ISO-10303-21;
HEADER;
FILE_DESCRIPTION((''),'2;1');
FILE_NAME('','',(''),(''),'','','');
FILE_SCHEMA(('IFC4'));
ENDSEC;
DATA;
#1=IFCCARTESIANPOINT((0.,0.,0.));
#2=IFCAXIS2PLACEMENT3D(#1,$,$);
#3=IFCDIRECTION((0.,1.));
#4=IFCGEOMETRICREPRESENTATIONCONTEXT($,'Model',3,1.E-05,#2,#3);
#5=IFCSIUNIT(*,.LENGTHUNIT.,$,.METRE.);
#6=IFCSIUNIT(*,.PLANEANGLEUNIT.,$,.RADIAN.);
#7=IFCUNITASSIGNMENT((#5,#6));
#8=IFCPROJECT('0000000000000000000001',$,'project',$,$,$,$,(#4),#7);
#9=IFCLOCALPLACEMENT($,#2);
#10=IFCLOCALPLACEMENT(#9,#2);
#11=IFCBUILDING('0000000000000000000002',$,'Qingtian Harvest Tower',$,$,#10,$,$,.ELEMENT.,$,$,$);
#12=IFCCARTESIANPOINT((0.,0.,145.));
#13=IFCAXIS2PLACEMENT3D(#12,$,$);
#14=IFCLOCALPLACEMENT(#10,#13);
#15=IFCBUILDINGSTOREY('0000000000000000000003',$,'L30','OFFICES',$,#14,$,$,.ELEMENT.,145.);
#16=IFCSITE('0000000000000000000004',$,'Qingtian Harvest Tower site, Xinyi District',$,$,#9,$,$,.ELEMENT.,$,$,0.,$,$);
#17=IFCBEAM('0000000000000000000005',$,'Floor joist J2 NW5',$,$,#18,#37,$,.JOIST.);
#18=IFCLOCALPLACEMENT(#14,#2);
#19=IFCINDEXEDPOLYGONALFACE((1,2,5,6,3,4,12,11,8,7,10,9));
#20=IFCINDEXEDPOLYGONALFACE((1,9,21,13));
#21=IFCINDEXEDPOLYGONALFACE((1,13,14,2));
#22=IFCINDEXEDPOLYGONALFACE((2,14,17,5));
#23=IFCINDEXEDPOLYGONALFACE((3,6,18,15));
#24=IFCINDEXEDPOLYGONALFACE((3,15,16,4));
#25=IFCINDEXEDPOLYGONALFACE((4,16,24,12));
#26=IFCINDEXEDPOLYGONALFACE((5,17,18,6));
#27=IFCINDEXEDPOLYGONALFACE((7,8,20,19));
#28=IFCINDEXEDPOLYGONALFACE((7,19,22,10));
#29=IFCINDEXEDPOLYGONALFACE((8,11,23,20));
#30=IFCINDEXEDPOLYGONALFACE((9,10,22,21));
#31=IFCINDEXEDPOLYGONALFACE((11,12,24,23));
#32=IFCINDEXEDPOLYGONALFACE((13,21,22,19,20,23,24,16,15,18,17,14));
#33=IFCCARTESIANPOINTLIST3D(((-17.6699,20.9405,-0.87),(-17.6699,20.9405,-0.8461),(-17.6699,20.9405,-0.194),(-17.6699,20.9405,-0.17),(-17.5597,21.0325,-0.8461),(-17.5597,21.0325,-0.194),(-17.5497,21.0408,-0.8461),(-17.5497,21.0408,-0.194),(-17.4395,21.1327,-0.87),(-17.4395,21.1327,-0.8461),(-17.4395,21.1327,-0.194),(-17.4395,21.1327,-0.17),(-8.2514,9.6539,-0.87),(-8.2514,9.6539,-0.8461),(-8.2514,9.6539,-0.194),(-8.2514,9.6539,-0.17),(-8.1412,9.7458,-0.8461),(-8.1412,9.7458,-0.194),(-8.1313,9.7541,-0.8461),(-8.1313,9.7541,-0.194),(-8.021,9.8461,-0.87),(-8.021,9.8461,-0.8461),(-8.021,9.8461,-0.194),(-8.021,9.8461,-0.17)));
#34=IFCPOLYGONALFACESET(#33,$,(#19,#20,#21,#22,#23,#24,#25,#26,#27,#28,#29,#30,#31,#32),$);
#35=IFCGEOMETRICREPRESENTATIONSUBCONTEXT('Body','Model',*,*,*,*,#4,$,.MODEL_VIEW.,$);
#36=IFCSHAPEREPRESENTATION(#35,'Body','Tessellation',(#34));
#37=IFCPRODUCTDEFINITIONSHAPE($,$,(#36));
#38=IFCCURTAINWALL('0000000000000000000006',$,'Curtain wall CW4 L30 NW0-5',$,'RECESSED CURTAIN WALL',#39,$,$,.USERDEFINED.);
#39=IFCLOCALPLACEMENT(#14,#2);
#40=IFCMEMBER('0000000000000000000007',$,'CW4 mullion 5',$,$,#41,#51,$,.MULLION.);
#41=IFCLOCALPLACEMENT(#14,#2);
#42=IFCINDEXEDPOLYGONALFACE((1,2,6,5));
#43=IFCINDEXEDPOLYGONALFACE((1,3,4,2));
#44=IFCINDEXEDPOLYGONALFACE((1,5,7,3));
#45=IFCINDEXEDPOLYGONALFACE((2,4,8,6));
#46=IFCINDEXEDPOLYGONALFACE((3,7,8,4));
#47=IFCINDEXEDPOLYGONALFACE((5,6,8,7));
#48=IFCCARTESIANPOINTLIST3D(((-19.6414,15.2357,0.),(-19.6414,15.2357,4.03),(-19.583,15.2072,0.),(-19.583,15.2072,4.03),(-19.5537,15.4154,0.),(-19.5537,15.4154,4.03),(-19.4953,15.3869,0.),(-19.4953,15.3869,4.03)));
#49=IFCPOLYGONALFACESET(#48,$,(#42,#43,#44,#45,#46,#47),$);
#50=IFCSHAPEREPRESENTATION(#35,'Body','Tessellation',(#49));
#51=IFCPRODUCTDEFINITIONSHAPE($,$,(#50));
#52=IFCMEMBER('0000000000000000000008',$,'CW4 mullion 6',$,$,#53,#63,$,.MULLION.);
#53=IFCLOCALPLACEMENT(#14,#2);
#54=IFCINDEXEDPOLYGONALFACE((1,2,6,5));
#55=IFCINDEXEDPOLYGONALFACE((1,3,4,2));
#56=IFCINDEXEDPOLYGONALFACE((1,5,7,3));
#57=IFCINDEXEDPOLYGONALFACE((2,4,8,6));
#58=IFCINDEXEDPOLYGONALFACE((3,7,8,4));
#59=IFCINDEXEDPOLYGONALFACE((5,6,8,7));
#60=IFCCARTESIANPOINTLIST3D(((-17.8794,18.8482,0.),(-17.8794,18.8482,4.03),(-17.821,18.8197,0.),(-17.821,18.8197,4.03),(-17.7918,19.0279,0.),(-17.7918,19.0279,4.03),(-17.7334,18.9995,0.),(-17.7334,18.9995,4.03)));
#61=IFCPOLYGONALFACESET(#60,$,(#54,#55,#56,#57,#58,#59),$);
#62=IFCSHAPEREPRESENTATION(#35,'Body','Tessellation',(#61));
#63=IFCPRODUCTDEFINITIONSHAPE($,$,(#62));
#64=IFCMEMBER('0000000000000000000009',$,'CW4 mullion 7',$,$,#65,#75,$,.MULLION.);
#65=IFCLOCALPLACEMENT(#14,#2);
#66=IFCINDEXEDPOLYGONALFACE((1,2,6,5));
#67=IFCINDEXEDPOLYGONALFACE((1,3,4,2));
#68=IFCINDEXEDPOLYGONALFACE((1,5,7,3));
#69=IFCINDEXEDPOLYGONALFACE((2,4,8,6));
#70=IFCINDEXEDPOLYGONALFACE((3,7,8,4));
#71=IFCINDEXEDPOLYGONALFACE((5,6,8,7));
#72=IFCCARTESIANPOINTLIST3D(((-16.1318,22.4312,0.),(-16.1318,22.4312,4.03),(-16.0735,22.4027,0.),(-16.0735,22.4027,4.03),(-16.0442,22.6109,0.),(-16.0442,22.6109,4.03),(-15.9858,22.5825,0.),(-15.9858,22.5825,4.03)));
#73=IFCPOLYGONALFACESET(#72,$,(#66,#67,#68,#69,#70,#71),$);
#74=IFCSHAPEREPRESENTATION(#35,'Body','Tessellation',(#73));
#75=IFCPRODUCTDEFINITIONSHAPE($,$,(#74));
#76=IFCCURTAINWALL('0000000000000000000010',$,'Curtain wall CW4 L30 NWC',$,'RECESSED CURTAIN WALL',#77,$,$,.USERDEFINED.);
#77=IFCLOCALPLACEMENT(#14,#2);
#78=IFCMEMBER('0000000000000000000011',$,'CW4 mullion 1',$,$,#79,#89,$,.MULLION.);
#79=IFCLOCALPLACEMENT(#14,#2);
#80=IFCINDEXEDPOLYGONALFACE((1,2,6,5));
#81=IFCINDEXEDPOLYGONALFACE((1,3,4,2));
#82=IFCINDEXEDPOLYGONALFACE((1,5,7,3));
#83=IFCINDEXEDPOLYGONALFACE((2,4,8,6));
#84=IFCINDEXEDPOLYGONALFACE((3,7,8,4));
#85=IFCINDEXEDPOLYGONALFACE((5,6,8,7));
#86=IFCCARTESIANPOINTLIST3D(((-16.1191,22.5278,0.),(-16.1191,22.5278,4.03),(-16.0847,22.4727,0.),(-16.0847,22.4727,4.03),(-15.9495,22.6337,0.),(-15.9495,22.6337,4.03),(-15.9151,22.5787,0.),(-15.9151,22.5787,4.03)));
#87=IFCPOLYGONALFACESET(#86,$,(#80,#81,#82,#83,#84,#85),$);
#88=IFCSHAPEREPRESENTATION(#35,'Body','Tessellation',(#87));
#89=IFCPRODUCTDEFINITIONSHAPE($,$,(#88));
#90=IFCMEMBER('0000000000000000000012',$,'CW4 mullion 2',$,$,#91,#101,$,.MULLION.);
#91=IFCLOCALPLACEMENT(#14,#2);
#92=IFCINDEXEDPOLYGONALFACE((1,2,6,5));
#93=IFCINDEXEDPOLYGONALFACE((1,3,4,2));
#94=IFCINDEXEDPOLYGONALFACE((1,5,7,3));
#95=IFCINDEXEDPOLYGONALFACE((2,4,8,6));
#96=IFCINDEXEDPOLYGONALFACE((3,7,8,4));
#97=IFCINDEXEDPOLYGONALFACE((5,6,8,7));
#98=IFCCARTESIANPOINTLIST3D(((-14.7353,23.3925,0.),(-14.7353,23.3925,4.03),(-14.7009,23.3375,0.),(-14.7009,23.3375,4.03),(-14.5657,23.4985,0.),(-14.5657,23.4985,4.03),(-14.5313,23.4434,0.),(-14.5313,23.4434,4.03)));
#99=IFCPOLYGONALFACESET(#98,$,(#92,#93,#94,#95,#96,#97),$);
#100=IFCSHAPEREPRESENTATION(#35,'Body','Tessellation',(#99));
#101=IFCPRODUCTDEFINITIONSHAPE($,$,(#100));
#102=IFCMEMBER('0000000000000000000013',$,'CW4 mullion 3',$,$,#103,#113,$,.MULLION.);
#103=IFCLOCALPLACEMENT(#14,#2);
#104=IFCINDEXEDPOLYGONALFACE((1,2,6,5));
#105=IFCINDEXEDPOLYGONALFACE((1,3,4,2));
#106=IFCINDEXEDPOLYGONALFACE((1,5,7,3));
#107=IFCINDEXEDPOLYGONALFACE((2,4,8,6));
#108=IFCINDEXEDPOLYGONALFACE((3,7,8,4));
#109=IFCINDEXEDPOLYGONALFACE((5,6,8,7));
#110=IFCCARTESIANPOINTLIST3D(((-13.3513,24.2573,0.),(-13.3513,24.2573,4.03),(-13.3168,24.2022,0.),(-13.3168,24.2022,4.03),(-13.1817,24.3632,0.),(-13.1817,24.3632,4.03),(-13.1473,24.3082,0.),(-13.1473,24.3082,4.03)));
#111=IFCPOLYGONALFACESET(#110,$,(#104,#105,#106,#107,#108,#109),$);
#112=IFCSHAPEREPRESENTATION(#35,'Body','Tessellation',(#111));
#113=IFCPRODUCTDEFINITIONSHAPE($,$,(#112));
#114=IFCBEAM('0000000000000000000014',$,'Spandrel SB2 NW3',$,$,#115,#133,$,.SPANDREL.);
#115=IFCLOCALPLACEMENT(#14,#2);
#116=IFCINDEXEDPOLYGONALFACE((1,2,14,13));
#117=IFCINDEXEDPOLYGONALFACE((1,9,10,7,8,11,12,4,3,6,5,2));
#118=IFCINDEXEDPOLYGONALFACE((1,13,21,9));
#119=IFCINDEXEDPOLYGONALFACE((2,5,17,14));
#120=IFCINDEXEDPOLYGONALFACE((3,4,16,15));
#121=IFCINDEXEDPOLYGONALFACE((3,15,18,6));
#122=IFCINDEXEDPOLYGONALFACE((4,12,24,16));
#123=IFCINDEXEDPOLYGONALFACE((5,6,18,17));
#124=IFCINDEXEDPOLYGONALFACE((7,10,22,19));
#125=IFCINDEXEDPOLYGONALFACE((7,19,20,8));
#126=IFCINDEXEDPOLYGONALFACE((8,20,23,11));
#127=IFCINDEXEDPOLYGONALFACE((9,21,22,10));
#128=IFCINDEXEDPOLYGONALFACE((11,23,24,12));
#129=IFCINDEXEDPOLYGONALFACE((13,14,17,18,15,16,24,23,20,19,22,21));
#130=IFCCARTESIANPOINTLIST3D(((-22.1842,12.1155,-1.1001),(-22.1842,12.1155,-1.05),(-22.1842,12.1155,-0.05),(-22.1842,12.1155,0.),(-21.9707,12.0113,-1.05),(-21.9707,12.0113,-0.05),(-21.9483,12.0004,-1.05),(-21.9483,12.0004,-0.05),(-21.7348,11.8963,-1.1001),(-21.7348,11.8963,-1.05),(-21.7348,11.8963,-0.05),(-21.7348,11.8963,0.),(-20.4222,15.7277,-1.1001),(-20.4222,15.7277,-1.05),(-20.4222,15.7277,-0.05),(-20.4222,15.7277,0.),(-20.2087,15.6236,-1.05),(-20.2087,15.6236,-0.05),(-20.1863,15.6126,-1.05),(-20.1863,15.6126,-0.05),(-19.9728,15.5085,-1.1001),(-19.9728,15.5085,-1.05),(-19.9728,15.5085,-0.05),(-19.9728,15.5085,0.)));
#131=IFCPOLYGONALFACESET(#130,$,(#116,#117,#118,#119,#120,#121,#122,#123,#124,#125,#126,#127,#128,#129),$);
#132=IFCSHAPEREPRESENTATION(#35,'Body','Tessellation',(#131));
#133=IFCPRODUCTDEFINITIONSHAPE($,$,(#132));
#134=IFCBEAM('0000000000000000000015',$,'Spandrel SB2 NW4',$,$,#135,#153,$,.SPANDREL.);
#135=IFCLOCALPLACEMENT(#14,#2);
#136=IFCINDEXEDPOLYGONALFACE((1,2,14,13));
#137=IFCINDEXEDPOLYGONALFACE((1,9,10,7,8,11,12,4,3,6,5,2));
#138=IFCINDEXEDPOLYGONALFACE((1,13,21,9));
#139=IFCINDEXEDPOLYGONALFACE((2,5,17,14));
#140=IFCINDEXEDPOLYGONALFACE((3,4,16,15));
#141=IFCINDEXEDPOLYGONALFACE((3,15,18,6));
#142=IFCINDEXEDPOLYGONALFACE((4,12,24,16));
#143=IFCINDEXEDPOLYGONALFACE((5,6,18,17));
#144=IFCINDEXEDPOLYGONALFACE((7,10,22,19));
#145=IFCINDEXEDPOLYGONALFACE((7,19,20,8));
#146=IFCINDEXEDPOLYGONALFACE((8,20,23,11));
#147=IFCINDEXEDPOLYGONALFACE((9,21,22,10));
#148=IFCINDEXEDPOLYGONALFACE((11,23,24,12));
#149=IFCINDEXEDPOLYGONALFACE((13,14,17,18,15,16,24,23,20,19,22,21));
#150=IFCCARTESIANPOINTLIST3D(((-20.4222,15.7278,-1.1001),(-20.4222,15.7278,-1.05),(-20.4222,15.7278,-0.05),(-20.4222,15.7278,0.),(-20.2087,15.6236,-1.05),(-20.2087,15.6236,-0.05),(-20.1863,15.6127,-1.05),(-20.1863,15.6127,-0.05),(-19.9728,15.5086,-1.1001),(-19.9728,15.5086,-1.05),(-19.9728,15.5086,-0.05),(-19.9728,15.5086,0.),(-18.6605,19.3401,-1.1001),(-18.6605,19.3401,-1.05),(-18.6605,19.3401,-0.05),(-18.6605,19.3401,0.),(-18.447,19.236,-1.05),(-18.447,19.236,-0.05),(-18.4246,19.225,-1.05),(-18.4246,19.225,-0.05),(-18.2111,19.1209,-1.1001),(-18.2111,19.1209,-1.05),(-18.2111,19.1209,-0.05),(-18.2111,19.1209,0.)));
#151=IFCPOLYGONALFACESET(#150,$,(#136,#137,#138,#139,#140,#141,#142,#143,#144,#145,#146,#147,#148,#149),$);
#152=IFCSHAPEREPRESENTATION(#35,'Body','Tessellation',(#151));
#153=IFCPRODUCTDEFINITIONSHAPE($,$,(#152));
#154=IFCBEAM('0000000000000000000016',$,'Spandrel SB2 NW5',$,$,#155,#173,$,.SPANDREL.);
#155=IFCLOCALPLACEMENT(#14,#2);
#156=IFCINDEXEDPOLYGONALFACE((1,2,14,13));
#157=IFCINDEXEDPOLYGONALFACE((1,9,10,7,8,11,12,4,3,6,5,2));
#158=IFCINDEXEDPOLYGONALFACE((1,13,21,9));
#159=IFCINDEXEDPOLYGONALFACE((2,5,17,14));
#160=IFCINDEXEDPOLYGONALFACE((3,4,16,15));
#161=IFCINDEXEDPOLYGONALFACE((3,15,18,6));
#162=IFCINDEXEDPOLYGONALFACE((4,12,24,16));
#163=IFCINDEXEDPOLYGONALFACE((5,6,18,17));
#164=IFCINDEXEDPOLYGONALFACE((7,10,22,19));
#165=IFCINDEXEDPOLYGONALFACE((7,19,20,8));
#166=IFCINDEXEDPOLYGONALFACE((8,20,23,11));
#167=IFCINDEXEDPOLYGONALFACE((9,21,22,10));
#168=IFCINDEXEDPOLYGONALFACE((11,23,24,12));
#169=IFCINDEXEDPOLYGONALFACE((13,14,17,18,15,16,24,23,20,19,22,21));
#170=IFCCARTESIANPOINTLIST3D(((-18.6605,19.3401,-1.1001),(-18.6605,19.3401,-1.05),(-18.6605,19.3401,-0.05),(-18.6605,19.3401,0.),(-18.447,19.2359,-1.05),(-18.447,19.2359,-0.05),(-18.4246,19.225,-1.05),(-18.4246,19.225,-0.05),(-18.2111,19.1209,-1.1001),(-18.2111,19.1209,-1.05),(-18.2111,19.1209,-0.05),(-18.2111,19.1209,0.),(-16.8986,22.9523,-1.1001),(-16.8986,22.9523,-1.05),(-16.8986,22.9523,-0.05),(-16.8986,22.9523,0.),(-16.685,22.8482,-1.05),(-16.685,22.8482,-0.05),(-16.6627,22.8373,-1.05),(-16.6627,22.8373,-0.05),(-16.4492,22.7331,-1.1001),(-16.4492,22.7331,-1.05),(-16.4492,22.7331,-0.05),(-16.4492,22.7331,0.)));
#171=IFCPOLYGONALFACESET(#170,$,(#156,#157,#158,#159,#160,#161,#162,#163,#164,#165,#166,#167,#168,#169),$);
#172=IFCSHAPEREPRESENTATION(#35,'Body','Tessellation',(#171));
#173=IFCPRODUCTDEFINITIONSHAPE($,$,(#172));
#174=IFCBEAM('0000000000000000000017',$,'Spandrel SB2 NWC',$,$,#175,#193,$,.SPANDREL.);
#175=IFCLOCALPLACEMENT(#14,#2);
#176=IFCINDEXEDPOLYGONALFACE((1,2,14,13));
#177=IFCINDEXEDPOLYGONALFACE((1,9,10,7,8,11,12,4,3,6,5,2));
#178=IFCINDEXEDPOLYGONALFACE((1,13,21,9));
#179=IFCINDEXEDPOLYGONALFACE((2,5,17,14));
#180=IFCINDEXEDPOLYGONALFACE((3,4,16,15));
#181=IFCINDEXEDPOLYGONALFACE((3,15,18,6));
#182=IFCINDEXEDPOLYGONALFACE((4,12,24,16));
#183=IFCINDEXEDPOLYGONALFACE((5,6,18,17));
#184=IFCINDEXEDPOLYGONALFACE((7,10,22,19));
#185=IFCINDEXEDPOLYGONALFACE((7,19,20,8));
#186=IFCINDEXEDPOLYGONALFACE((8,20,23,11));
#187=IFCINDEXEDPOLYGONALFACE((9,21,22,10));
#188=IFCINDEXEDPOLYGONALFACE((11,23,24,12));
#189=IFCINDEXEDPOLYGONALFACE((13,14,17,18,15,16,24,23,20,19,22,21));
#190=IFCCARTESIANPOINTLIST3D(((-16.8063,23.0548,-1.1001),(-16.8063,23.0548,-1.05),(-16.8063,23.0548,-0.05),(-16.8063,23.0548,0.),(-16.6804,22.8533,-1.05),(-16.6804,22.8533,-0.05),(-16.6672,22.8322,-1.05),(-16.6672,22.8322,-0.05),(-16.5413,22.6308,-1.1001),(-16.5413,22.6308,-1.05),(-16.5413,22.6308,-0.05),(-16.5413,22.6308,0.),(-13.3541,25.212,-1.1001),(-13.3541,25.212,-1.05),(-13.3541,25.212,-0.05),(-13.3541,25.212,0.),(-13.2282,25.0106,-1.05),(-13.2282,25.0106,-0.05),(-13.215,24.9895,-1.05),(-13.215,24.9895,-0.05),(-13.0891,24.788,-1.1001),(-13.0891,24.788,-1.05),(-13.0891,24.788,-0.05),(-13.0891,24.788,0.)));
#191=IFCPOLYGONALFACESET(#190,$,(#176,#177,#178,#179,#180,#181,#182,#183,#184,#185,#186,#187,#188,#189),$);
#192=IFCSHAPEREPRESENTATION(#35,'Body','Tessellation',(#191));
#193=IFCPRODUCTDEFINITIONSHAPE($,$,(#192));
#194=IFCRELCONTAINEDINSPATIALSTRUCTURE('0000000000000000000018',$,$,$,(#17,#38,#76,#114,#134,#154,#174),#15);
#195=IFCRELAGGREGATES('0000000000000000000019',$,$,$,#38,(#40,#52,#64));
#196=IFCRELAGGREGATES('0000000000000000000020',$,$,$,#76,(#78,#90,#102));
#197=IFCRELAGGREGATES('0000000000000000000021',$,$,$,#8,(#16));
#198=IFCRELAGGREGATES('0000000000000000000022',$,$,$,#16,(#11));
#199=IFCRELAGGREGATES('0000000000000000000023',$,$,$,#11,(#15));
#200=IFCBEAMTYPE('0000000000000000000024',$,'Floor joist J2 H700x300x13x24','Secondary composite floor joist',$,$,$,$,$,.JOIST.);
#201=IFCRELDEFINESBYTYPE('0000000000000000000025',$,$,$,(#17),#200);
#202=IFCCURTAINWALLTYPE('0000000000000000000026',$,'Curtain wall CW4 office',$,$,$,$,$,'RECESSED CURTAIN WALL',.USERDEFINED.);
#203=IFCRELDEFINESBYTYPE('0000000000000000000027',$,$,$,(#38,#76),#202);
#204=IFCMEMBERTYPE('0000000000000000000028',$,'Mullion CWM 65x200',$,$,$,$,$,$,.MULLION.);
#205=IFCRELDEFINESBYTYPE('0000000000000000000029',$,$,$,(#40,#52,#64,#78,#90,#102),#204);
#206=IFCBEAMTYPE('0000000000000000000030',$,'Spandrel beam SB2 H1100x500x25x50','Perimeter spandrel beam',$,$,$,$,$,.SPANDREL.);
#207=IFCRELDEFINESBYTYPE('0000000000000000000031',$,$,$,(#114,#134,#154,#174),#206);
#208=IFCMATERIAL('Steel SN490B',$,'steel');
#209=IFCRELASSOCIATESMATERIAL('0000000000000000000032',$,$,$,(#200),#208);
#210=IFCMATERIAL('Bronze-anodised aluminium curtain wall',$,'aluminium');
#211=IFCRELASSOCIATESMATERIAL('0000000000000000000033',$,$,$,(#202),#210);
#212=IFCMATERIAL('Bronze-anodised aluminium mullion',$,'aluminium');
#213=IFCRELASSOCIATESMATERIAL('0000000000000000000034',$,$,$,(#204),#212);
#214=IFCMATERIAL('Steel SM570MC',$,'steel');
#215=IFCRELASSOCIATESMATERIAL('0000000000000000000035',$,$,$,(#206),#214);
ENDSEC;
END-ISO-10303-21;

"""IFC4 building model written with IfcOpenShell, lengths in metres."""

from ifc_helpers import new_model, si_unit, direction, frame, origin, origin_2d, place, context, subcontext, project, spatial, rectangle, i_section, extrude, material, material_profile, profile_set, type_object, element, aggregate, save


model = new_model("IFC4")

# Units and contexts
model_context = context("Model", 3, precision=1e-05, world=origin(), true_north=direction((0.0, 1.0)))
body_context = subcontext(model_context, "Body", "Model", "MODEL_VIEW")
ifc_project = project(units=[si_unit("LENGTHUNIT", "METRE"), si_unit("PLANEANGLEUNIT", "RADIAN")], contexts=[model_context])

# Site, building, storey
site_placement = place(None, origin())
site = spatial("IfcSite", under=ifc_project, at=site_placement, Name="Qingtian Harvest Tower site, Xinyi District", CompositionType="ELEMENT", RefElevation=0.0)
building_placement = place(site_placement, origin())
building = spatial("IfcBuilding", under=site, at=building_placement, Name="Qingtian Harvest Tower", CompositionType="ELEMENT")
storey_placement = place(building_placement, frame((0.0, 0.0, 145.0)))
storey = spatial("IfcBuildingStorey", under=building, at=storey_placement, Name="L30", Description="OFFICES", CompositionType="ELEMENT", Elevation=145.0)

# Beam
ifc_material_1 = material(Name="Steel SN490B", Category="steel")
ifc_material_profile_1 = material_profile(ifc_material_1, i_section(OverallWidth=0.3, OverallDepth=0.7, WebThickness=0.0129, FlangeThickness=0.0239, at=origin_2d()), Name="H700x300x13x24")
ifc_profile_set_1 = profile_set([ifc_material_profile_1], Name="Steel SN490B")
beam_type_1 = type_object("IfcBeamType", Name="Floor joist J2 H700x300x13x24", Description="Secondary composite floor joist", PredefinedType="JOIST", material=ifc_profile_set_1)
beam_1_placement = place(storey_placement, frame((-17.5547, 21.0366, -0.52), z_axis=(0.640704, -0.767788, 0.0), x_axis=(0.767788, 0.640704, 0.0)))
element("IfcBeam", 1, at=beam_1_placement, inside=storey, type_object=beam_type_1, Name="Floor joist J2 NW5", PredefinedType="JOIST", context=body_context, shape_type="SweptSolid", body=[
    extrude(i_section(OverallWidth=0.3, OverallDepth=0.7, WebThickness=0.0129, FlangeThickness=0.0239, at=origin_2d()), origin(), (0.0, 0.0, 1.0), 14.7002),
])

# Curtain walls, members
ifc_material_2 = material(Name="Bronze-anodised aluminium curtain wall", Category="aluminium")
curtain_wall_type = type_object("IfcCurtainWallType", Name="Curtain wall CW4 office", ElementType="RECESSED CURTAIN WALL", PredefinedType="USERDEFINED", material=ifc_material_2)
curtain_wall_1_placement = place(storey_placement, origin())
curtain_wall_1 = element("IfcCurtainWall", 2, at=curtain_wall_1_placement, inside=storey, type_object=curtain_wall_type, Name="Curtain wall CW4 L30 NW0-5", ObjectType="RECESSED CURTAIN WALL", PredefinedType="USERDEFINED")
ifc_material_3 = material(Name="Bronze-anodised aluminium mullion", Category="aluminium")
ifc_material_profile_2 = material_profile(ifc_material_3, rectangle(XDim=0.0649, YDim=0.2, at=origin_2d()), Name="AL 65x200")
ifc_profile_set_2 = profile_set([ifc_material_profile_2], Name="Bronze-anodised aluminium mullion")
member_type_1 = type_object("IfcMemberType", Name="Mullion CWM 65x200", PredefinedType="MULLION", material=ifc_profile_set_2)
member_1_placement = place(storey_placement, frame((-19.5684, 15.3113, 0.0), z_axis=(0.0, 0.0, 1.0), x_axis=(-0.898794, 0.438371, 0.0)))
member_1 = element("IfcMember", 3, at=member_1_placement, type_object=member_type_1, Name="CW4 mullion 5", PredefinedType="MULLION", context=body_context, shape_type="SweptSolid", body=[
    extrude(rectangle(XDim=0.0649, YDim=0.2, at=origin_2d()), origin(), (0.0, 0.0, 1.0), 4.03),
])
member_2_placement = place(storey_placement, frame((-17.8064, 18.9238, 0.0), z_axis=(0.0, 0.0, 1.0), x_axis=(-0.898794, 0.438371, 0.0)))
member_2 = element("IfcMember", 4, at=member_2_placement, type_object=member_type_1, Name="CW4 mullion 6", PredefinedType="MULLION", context=body_context, shape_type="SweptSolid", body=[
    extrude(rectangle(XDim=0.0649, YDim=0.2, at=origin_2d()), origin(), (0.0, 0.0, 1.0), 4.03),
])
member_3_placement = place(storey_placement, frame((-16.0588, 22.5068, 0.0), z_axis=(0.0, 0.0, 1.0), x_axis=(-0.898794, 0.438371, 0.0)))
member_3 = element("IfcMember", 5, at=member_3_placement, type_object=member_type_1, Name="CW4 mullion 7", PredefinedType="MULLION", context=body_context, shape_type="SweptSolid", body=[
    extrude(rectangle(XDim=0.0649, YDim=0.2, at=origin_2d()), origin(), (0.0, 0.0, 1.0), 4.03),
])
curtain_wall_2_placement = place(storey_placement, origin())
curtain_wall_2 = element("IfcCurtainWall", 6, at=curtain_wall_2_placement, inside=storey, type_object=curtain_wall_type, Name="Curtain wall CW4 L30 NWC", ObjectType="RECESSED CURTAIN WALL", PredefinedType="USERDEFINED")
member_4_placement = place(storey_placement, frame((-16.0171, 22.5532, 0.0), z_axis=(0.0, 0.0, 1.0), x_axis=(-0.529919, 0.848048, 0.0)))
member_4 = element("IfcMember", 7, at=member_4_placement, type_object=member_type_1, Name="CW4 mullion 1", PredefinedType="MULLION", context=body_context, shape_type="SweptSolid", body=[
    extrude(rectangle(XDim=0.0649, YDim=0.2, at=origin_2d()), origin(), (0.0, 0.0, 1.0), 4.03),
])
member_5_placement = place(storey_placement, frame((-14.6333, 23.418, 0.0), z_axis=(0.0, 0.0, 1.0), x_axis=(-0.529919, 0.848048, 0.0)))
member_5 = element("IfcMember", 8, at=member_5_placement, type_object=member_type_1, Name="CW4 mullion 2", PredefinedType="MULLION", context=body_context, shape_type="SweptSolid", body=[
    extrude(rectangle(XDim=0.0649, YDim=0.2, at=origin_2d()), origin(), (0.0, 0.0, 1.0), 4.03),
])
member_6_placement = place(storey_placement, frame((-13.2493, 24.2827, 0.0), z_axis=(0.0, 0.0, 1.0), x_axis=(-0.529919, 0.848048, 0.0)))
member_6 = element("IfcMember", 9, at=member_6_placement, type_object=member_type_1, Name="CW4 mullion 3", PredefinedType="MULLION", context=body_context, shape_type="SweptSolid", body=[
    extrude(rectangle(XDim=0.0649, YDim=0.2, at=origin_2d()), origin(), (0.0, 0.0, 1.0), 4.03),
])

# Beams
ifc_material_4 = material(Name="Steel SM570MC", Category="steel")
ifc_material_profile_3 = material_profile(ifc_material_4, i_section(OverallWidth=0.5, OverallDepth=1.1001, WebThickness=0.0249, FlangeThickness=0.05, at=origin_2d()), Name="H1100x500x25x50")
ifc_profile_set_3 = profile_set([ifc_material_profile_3], Name="Steel SM570MC")
beam_type_2 = type_object("IfcBeamType", Name="Spandrel beam SB2 H1100x500x25x50", Description="Perimeter spandrel beam", PredefinedType="SPANDREL", material=ifc_profile_set_3)
for number, where, z_axis, x_axis, name in (
    (10, (-21.9595, 12.0059, -0.55), (0.438396, 0.898782, 0.0), (-0.898782, 0.438396, 0.0), "Spandrel SB2 NW3"),
    (11, (-20.1975, 15.6182, -0.55), (0.438347, 0.898806, 0.0), (-0.898806, 0.438347, 0.0), "Spandrel SB2 NW4"),
    (12, (-18.4358, 19.2305, -0.55), (0.438396, 0.898782, 0.0), (-0.898782, 0.438396, 0.0), "Spandrel SB2 NW5"),
):
    element("IfcBeam", number, at=place(storey_placement, frame(where, z_axis=z_axis, x_axis=x_axis)), inside=storey, type_object=beam_type_2, Name=name, PredefinedType="SPANDREL", context=body_context, shape_type="SweptSolid", body=[
        extrude(i_section(OverallWidth=0.5, OverallDepth=1.1001, WebThickness=0.0249, FlangeThickness=0.05, at=origin_2d()), origin(), (0.0, 0.0, 1.0), 4.019),
    ])
beam_2_placement = place(storey_placement, frame((-16.6738, 22.8428, -0.55), z_axis=(0.848039, 0.529934, 0.0), x_axis=(-0.529934, 0.848039, 0.0)))
element("IfcBeam", 13, at=beam_2_placement, inside=storey, type_object=beam_type_2, Name="Spandrel SB2 NWC", PredefinedType="SPANDREL", context=body_context, shape_type="SweptSolid", body=[
    extrude(i_section(OverallWidth=0.5, OverallDepth=1.1001, WebThickness=0.0249, FlangeThickness=0.05, at=origin_2d()), origin(), (0.0, 0.0, 1.0), 4.0708),
])

aggregate(curtain_wall_1, [member_1, member_2, member_3])
aggregate(curtain_wall_2, [member_4, member_5, member_6])

save(model, "model.ifc")
